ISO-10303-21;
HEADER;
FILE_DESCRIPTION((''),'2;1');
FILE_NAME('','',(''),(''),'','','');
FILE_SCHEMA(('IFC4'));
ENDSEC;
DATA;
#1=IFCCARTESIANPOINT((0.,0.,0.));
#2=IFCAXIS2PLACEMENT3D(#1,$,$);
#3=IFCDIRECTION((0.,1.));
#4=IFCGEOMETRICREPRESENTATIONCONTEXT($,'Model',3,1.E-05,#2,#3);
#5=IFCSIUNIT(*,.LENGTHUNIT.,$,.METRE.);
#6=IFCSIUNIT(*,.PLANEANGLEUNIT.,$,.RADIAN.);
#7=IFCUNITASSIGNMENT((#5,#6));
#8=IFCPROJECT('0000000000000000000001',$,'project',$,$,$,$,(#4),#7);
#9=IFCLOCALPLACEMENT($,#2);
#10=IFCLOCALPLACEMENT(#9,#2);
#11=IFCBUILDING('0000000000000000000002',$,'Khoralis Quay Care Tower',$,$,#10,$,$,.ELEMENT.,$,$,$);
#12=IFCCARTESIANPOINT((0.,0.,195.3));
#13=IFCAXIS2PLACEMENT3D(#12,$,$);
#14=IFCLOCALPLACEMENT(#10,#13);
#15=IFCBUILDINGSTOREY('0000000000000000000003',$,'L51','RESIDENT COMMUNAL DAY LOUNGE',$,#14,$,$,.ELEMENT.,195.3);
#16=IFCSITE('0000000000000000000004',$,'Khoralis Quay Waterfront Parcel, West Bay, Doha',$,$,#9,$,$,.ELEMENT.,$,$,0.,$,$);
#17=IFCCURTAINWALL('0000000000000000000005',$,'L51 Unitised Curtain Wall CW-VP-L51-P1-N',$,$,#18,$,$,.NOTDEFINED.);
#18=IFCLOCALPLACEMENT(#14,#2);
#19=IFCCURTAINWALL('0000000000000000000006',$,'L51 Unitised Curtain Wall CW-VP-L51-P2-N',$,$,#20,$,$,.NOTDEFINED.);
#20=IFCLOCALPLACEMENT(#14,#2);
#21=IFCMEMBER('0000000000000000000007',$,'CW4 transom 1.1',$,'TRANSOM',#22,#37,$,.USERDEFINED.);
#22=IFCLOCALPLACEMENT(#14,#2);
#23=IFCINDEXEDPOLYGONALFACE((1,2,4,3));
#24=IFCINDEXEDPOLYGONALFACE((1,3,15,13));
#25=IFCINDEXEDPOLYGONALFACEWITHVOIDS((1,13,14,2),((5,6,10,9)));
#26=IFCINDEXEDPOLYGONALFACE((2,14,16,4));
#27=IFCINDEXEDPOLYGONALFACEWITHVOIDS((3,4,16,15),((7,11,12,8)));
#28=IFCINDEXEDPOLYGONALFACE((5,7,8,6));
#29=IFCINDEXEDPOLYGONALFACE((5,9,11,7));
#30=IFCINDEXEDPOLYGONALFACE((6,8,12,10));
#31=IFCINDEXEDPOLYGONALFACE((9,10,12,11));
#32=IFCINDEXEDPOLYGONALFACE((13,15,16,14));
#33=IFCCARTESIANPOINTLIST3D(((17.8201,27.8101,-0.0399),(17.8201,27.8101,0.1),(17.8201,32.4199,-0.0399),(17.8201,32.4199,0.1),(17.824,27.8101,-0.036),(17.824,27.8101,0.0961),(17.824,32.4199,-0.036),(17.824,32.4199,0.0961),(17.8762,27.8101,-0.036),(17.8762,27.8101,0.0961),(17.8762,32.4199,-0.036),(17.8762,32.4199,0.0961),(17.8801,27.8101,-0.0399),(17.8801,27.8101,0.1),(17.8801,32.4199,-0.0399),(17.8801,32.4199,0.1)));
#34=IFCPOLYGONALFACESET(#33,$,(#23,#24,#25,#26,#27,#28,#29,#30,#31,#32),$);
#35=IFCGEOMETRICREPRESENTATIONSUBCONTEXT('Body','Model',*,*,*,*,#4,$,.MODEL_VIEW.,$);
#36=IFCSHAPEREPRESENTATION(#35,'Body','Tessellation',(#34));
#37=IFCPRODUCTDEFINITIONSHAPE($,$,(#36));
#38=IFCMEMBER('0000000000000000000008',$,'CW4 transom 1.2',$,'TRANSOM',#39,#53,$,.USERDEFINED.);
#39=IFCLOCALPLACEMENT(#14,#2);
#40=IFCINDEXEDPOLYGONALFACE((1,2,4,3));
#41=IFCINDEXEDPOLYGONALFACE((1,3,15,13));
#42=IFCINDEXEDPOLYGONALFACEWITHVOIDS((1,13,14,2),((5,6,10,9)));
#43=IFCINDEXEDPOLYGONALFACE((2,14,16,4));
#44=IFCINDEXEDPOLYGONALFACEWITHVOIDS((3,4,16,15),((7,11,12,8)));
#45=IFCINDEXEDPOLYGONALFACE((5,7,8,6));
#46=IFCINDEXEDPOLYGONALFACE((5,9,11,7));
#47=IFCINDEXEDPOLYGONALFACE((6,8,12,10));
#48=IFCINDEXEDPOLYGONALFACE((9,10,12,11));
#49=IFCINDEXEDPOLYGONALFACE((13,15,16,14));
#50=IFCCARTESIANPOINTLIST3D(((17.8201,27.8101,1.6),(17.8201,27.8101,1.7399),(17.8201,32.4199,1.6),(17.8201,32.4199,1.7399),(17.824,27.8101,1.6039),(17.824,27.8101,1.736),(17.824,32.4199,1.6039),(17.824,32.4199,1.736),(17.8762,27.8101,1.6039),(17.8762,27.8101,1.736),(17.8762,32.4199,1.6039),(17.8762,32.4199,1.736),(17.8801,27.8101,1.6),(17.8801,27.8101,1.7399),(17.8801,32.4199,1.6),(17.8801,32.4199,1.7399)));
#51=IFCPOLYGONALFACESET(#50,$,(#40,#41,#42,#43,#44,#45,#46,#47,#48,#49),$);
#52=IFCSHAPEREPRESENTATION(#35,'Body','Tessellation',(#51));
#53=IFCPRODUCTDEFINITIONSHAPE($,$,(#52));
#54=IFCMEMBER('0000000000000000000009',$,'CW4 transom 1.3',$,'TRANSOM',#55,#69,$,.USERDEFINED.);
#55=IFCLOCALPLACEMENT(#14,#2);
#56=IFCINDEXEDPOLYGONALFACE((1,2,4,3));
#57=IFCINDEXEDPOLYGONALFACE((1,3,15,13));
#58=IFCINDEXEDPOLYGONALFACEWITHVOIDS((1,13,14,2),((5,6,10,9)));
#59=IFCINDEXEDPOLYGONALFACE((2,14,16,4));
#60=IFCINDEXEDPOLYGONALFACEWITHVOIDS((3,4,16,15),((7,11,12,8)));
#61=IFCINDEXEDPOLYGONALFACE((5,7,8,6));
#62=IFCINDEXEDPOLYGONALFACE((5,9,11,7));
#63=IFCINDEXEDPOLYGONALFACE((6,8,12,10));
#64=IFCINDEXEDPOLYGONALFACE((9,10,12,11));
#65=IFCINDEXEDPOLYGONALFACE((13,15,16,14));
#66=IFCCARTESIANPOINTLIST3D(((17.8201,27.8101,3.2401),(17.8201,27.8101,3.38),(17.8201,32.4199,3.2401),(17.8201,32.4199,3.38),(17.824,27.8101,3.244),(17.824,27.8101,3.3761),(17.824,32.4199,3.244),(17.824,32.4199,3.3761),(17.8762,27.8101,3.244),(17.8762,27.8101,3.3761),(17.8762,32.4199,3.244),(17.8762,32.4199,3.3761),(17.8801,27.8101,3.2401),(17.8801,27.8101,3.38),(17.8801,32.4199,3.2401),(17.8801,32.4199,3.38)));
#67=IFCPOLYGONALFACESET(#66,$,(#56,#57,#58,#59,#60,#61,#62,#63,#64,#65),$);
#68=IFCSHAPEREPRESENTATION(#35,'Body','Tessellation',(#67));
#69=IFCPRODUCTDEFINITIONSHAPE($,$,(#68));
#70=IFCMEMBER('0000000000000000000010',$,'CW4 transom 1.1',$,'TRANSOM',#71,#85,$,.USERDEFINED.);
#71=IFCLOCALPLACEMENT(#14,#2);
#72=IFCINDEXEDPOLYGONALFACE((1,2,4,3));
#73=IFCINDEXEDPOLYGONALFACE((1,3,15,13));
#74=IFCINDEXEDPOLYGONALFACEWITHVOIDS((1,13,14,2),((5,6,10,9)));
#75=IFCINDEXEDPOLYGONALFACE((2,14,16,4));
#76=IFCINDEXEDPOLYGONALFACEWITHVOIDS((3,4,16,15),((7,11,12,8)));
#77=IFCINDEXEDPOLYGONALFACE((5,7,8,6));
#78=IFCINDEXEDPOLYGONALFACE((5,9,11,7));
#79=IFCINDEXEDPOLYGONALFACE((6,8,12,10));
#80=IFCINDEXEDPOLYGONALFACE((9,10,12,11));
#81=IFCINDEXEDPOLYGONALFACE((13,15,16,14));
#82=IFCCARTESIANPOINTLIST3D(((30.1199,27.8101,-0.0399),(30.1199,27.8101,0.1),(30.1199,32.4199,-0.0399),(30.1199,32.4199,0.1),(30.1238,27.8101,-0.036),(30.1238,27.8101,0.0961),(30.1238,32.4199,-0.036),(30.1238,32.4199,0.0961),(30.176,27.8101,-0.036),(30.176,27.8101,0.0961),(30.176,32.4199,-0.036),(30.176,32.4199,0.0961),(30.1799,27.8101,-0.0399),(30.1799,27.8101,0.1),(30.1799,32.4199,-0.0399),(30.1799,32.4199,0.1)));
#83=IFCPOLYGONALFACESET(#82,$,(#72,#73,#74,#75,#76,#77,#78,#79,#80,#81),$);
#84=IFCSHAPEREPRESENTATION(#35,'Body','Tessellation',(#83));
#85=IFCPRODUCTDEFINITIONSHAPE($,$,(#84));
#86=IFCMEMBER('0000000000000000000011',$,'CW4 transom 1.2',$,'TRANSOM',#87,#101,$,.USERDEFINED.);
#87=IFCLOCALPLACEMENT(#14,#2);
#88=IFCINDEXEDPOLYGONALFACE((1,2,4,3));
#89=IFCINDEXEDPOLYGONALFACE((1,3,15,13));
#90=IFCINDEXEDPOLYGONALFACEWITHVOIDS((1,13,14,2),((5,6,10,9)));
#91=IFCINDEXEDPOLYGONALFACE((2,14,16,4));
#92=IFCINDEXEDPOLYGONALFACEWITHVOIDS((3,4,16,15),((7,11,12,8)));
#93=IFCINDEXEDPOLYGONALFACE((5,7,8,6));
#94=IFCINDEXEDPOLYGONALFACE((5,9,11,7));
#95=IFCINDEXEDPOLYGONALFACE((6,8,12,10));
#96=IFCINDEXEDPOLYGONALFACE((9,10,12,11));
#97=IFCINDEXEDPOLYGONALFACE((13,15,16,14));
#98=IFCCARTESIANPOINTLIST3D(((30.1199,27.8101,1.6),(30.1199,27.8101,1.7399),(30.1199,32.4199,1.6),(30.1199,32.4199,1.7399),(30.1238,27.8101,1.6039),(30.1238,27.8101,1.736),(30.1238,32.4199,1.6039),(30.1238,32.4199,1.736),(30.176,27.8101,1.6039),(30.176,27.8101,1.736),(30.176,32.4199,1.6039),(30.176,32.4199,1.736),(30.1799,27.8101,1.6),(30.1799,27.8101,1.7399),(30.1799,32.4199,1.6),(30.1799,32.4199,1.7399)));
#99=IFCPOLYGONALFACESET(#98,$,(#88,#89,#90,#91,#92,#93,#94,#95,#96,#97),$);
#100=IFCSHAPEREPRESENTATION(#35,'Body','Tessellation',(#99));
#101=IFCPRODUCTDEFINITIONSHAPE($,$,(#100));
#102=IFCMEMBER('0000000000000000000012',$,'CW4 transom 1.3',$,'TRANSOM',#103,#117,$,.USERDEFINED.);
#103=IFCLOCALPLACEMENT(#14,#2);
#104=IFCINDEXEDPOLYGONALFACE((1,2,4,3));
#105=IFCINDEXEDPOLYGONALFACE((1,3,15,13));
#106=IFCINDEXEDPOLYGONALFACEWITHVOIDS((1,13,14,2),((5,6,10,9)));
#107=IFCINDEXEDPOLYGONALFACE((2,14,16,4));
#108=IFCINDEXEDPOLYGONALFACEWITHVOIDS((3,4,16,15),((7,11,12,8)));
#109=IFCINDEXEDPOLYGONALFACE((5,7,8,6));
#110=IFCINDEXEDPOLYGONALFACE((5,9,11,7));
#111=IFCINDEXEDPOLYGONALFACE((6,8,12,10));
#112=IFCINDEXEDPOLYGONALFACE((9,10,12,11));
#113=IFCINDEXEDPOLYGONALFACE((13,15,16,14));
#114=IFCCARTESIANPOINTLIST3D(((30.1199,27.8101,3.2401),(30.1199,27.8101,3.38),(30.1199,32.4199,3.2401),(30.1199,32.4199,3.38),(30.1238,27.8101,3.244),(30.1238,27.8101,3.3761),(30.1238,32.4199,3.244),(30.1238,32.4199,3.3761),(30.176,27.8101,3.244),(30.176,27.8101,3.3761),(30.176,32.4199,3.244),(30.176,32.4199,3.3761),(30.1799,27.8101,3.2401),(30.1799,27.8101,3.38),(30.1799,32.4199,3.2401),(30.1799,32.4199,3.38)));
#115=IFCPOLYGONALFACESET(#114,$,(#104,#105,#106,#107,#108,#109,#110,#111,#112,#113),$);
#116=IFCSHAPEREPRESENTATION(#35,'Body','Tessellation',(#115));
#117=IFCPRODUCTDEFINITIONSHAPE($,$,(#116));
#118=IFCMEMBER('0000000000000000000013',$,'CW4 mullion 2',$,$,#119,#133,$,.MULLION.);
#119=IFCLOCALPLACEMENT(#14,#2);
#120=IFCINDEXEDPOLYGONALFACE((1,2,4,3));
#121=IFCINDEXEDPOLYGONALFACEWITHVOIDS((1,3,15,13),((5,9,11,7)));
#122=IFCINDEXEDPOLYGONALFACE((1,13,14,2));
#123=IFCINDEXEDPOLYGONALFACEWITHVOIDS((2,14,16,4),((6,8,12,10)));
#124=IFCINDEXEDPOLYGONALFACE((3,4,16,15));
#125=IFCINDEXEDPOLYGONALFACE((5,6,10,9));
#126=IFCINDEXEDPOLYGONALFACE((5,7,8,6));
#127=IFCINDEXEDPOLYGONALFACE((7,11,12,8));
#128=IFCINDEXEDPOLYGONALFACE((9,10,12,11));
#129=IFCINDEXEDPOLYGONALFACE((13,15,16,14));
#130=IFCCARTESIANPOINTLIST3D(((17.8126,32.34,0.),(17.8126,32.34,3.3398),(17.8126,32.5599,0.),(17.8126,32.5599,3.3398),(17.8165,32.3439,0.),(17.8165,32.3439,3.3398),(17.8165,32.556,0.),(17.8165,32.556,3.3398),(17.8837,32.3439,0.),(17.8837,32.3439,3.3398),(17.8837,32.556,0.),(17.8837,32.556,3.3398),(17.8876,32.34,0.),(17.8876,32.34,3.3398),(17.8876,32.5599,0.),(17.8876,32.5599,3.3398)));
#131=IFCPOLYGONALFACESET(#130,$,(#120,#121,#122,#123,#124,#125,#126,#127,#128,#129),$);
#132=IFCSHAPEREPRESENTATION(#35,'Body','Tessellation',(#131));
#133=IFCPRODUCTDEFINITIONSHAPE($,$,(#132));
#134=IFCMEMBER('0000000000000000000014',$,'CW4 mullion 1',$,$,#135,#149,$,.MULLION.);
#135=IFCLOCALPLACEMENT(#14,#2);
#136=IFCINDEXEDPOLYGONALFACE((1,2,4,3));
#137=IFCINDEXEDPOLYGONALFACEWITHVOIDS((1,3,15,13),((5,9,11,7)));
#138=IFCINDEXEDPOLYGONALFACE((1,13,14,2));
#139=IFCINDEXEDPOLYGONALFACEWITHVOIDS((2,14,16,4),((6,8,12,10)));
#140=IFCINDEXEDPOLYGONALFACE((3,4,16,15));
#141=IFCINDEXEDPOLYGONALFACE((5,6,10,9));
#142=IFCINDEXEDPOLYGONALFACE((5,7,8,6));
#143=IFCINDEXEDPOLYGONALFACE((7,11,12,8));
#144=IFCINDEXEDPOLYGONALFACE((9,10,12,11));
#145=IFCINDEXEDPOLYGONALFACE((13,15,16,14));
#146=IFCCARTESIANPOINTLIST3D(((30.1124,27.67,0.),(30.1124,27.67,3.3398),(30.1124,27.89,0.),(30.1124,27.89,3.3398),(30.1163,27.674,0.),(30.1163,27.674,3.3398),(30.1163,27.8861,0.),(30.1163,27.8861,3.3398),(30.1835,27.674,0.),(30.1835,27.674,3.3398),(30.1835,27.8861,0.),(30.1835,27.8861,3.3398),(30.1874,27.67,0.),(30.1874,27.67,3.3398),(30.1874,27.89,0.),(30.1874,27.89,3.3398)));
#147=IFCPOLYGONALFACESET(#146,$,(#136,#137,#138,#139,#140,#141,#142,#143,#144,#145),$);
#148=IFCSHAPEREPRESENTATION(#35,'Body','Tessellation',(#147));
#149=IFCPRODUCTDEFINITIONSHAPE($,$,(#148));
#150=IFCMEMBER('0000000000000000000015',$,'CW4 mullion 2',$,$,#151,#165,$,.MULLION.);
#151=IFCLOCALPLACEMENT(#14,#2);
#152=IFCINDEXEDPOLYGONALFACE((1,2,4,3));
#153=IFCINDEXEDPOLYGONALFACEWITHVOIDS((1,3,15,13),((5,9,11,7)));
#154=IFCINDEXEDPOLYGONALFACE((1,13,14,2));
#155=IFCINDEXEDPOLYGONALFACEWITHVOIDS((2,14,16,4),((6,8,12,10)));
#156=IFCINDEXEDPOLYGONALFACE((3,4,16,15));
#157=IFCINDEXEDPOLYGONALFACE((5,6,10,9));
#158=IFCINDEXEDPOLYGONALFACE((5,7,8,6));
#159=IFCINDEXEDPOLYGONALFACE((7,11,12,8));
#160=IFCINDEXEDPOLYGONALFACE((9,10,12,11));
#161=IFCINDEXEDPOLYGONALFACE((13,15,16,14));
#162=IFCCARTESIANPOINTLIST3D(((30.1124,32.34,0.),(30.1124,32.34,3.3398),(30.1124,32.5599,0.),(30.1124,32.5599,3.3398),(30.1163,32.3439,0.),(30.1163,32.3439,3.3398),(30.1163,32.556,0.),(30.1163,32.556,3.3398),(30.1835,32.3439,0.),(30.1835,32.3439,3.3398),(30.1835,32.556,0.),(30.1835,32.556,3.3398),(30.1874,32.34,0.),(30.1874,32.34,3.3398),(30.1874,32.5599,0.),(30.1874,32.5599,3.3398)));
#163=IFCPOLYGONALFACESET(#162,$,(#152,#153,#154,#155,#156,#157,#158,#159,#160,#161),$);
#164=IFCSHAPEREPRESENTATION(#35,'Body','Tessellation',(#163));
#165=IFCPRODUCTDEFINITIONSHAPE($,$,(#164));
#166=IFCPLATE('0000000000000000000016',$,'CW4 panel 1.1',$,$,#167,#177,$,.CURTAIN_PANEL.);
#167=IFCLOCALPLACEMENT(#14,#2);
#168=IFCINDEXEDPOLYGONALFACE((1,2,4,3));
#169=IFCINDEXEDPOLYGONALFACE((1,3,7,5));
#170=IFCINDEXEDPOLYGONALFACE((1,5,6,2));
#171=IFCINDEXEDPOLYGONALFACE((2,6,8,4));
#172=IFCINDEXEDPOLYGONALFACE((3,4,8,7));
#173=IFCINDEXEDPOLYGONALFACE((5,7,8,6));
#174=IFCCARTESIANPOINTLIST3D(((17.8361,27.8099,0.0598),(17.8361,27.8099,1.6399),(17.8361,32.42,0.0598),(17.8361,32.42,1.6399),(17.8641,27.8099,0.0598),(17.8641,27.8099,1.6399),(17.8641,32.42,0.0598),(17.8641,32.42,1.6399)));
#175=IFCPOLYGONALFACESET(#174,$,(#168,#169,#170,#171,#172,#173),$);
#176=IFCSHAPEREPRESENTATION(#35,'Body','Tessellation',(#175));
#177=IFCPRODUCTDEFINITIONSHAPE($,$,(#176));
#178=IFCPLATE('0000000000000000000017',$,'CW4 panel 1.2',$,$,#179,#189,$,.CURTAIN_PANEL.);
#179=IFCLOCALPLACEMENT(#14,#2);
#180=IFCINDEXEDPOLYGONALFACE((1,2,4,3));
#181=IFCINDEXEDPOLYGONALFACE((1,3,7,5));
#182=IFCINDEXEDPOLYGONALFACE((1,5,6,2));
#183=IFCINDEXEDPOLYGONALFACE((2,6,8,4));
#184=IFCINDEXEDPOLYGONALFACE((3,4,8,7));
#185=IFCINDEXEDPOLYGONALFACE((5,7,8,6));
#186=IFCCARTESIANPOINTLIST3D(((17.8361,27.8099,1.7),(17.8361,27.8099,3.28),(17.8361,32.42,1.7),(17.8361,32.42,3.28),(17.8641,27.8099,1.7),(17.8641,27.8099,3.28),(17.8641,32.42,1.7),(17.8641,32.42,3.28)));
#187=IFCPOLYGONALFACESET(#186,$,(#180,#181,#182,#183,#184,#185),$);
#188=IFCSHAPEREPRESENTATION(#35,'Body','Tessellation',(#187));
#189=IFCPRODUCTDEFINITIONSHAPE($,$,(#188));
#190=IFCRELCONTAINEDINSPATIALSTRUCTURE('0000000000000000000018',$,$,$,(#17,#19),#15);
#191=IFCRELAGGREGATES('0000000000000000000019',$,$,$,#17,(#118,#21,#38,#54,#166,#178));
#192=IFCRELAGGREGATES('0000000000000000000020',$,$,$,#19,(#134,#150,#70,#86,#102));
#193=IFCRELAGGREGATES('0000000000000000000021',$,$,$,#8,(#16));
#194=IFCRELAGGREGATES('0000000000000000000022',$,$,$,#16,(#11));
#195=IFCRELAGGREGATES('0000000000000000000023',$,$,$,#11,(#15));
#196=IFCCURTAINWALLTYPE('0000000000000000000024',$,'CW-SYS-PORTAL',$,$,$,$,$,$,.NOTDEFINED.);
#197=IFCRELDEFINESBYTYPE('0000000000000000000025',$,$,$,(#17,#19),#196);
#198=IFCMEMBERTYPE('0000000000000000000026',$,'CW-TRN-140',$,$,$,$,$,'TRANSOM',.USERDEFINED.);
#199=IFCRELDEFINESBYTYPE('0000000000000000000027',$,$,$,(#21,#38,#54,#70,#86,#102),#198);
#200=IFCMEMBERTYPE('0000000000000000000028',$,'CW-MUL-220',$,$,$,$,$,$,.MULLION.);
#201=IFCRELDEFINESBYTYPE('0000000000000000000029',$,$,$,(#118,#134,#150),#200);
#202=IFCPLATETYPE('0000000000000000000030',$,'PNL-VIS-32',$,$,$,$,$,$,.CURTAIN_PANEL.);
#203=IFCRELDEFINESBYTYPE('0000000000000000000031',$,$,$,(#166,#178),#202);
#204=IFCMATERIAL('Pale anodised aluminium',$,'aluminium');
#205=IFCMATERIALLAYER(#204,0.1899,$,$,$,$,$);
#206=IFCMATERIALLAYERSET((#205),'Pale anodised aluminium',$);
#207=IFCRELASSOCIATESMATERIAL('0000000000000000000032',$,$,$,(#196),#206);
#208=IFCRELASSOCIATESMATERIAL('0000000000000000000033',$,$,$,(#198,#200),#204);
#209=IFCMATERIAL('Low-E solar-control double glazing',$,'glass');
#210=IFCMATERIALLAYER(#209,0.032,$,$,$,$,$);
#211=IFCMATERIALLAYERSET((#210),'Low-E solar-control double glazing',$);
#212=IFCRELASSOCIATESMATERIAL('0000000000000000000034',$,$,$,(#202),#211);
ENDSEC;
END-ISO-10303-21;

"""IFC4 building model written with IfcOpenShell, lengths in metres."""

from ifc_helpers import new_model, si_unit, direction, frame, origin, origin_2d, place, context, subcontext, project, spatial, rectangle, hollow_rectangle, extrude, source, transform, mapped, material, layer, layer_set, material_profile, profile_set, type_object, element, aggregate, save


model = new_model("IFC4")

# Units and contexts
model_context = context("Model", 3, precision=1e-05, world=origin(), true_north=direction((0.0, 1.0)))
body_context = subcontext(model_context, "Body", "Model", "MODEL_VIEW")
ifc_project = project(units=[si_unit("LENGTHUNIT", "METRE"), si_unit("PLANEANGLEUNIT", "RADIAN")], contexts=[model_context])

# Site, building, storey
site_placement = place(None, origin())
site = spatial("IfcSite", under=ifc_project, at=site_placement, Name="Khoralis Quay Waterfront Parcel, West Bay, Doha", CompositionType="ELEMENT", RefElevation=0.0)
building_placement = place(site_placement, origin())
building = spatial("IfcBuilding", under=site, at=building_placement, Name="Khoralis Quay Care Tower", CompositionType="ELEMENT")
storey_placement = place(building_placement, frame((0.0, 0.0, 195.3)))
storey = spatial("IfcBuildingStorey", under=building, at=storey_placement, Name="L51", Description="RESIDENT COMMUNAL DAY LOUNGE", CompositionType="ELEMENT", Elevation=195.3)

# Curtain wall
ifc_material_1 = material(Name="Pale anodised aluminium", Category="aluminium")
ifc_layer_1 = layer(ifc_material_1, 0.1899)
ifc_layer_set_1 = layer_set([ifc_layer_1], Name="Pale anodised aluminium")
curtain_wall_type = type_object("IfcCurtainWallType", Name="CW-SYS-PORTAL", PredefinedType="NOTDEFINED", material=ifc_layer_set_1)
curtain_wall_1_placement = place(storey_placement, origin())
curtain_wall_1 = element("IfcCurtainWall", 1, at=curtain_wall_1_placement, inside=storey, type_object=curtain_wall_type, Name="L51 Unitised Curtain Wall CW-VP-L51-P1-N", PredefinedType="NOTDEFINED")
ifc_material_profile_1 = material_profile(ifc_material_1, hollow_rectangle(XDim=0.0601, YDim=0.1399, WallThickness=0.0039, at=origin_2d()), Name="Pale anodised aluminium")
ifc_profile_set_1 = profile_set([ifc_material_profile_1], Name="Pale anodised aluminium")
member_type_1 = type_object("IfcMemberType", Name="CW-TRN-140", ElementType="TRANSOM", PredefinedType="USERDEFINED", material=ifc_profile_set_1)

# Curtain wall
curtain_wall_2_placement = place(storey_placement, origin())
curtain_wall_2 = element("IfcCurtainWall", 2, at=curtain_wall_2_placement, inside=storey, type_object=curtain_wall_type, Name="L51 Unitised Curtain Wall CW-VP-L51-P2-N", PredefinedType="NOTDEFINED")

# Members
shared_shape_1 = source(origin(), body_context, "Body", "SweptSolid", [
    extrude(hollow_rectangle(XDim=0.0601, YDim=0.1399, WallThickness=0.0039, at=origin_2d()), origin(), (0.0, 0.0, 1.0), 4.6099),
])
member_1_placement = place(storey_placement, frame((17.8501, 27.8101, 0.03), z_axis=(0.0, 1.0, 0.0), x_axis=(-1.0, 0.0, 0.0)))
member_1 = element("IfcMember", 3, at=member_1_placement, type_object=member_type_1, Name="CW4 transom 1.1", ObjectType="TRANSOM", PredefinedType="USERDEFINED", context=body_context, shape_type="MappedRepresentation", body=[
    mapped(shared_shape_1, transform((0.0, 0.0, 0.0), scale=1.0)),
])
member_2_placement = place(storey_placement, frame((17.8501, 27.8101, 1.6699), z_axis=(0.0, 1.0, 0.0), x_axis=(-1.0, 0.0, 0.0)))
member_2 = element("IfcMember", 4, at=member_2_placement, type_object=member_type_1, Name="CW4 transom 1.2", ObjectType="TRANSOM", PredefinedType="USERDEFINED", context=body_context, shape_type="MappedRepresentation", body=[
    mapped(shared_shape_1, transform((0.0, 0.0, 0.0), scale=1.0)),
])
member_3_placement = place(storey_placement, frame((17.8501, 27.8101, 3.3101), z_axis=(0.0, 1.0, 0.0), x_axis=(-1.0, 0.0, 0.0)))
member_3 = element("IfcMember", 5, at=member_3_placement, type_object=member_type_1, Name="CW4 transom 1.3", ObjectType="TRANSOM", PredefinedType="USERDEFINED", context=body_context, shape_type="MappedRepresentation", body=[
    mapped(shared_shape_1, transform((0.0, 0.0, 0.0), scale=1.0)),
])
member_4_placement = place(storey_placement, frame((30.1499, 27.8101, 0.03), z_axis=(0.0, 1.0, 0.0), x_axis=(-1.0, 0.0, 0.0)))
member_4 = element("IfcMember", 6, at=member_4_placement, type_object=member_type_1, Name="CW4 transom 1.1", ObjectType="TRANSOM", PredefinedType="USERDEFINED", context=body_context, shape_type="MappedRepresentation", body=[
    mapped(shared_shape_1, transform((0.0, 0.0, 0.0), scale=1.0)),
])
member_5_placement = place(storey_placement, frame((30.1499, 27.8101, 1.6699), z_axis=(0.0, 1.0, 0.0), x_axis=(-1.0, 0.0, 0.0)))
member_5 = element("IfcMember", 7, at=member_5_placement, type_object=member_type_1, Name="CW4 transom 1.2", ObjectType="TRANSOM", PredefinedType="USERDEFINED", context=body_context, shape_type="MappedRepresentation", body=[
    mapped(shared_shape_1, transform((0.0, 0.0, 0.0), scale=1.0)),
])
member_6_placement = place(storey_placement, frame((30.1499, 27.8101, 3.3101), z_axis=(0.0, 1.0, 0.0), x_axis=(-1.0, 0.0, 0.0)))
member_6 = element("IfcMember", 8, at=member_6_placement, type_object=member_type_1, Name="CW4 transom 1.3", ObjectType="TRANSOM", PredefinedType="USERDEFINED", context=body_context, shape_type="MappedRepresentation", body=[
    mapped(shared_shape_1, transform((0.0, 0.0, 0.0), scale=1.0)),
])
ifc_material_profile_2 = material_profile(ifc_material_1, hollow_rectangle(XDim=0.075, YDim=0.22, WallThickness=0.0039, at=origin_2d()), Name="Pale anodised aluminium")
ifc_profile_set_2 = profile_set([ifc_material_profile_2], Name="Pale anodised aluminium")
member_type_2 = type_object("IfcMemberType", Name="CW-MUL-220", PredefinedType="MULLION", material=ifc_profile_set_2)
shared_shape_2 = source(origin(), body_context, "Body", "SweptSolid", [
    extrude(hollow_rectangle(XDim=0.075, YDim=0.22, WallThickness=0.0039, at=origin_2d()), origin(), (0.0, 0.0, 1.0), 3.3398),
])
member_7_placement = place(storey_placement, frame((17.8501, 32.45, 0.0), z_axis=(0.0, 0.0, 1.0), x_axis=(-1.0, 0.0, 0.0)))
member_7 = element("IfcMember", 9, at=member_7_placement, type_object=member_type_2, Name="CW4 mullion 2", PredefinedType="MULLION", context=body_context, shape_type="MappedRepresentation", body=[
    mapped(shared_shape_2, transform((0.0, 0.0, 0.0), scale=1.0)),
])
member_8_placement = place(storey_placement, frame((30.1499, 27.78, 0.0), z_axis=(0.0, 0.0, 1.0), x_axis=(-1.0, 0.0, 0.0)))
member_8 = element("IfcMember", 10, at=member_8_placement, type_object=member_type_2, Name="CW4 mullion 1", PredefinedType="MULLION", context=body_context, shape_type="MappedRepresentation", body=[
    mapped(shared_shape_2, transform((0.0, 0.0, 0.0), scale=1.0)),
])
member_9_placement = place(storey_placement, frame((30.1499, 32.45, 0.0), z_axis=(0.0, 0.0, 1.0), x_axis=(-1.0, 0.0, 0.0)))
member_9 = element("IfcMember", 11, at=member_9_placement, type_object=member_type_2, Name="CW4 mullion 2", PredefinedType="MULLION", context=body_context, shape_type="MappedRepresentation", body=[
    mapped(shared_shape_2, transform((0.0, 0.0, 0.0), scale=1.0)),
])

# Plates
ifc_material_2 = material(Name="Low-E solar-control double glazing", Category="glass")
ifc_layer_2 = layer(ifc_material_2, 0.032)
ifc_layer_set_2 = layer_set([ifc_layer_2], Name="Low-E solar-control double glazing")
plate_type = type_object("IfcPlateType", Name="PNL-VIS-32", PredefinedType="CURTAIN_PANEL", material=ifc_layer_set_2)
shared_shape_3 = source(origin(), body_context, "Body", "SweptSolid", [
    extrude(rectangle(XDim=4.6101, YDim=0.0281, at=origin_2d()), origin(), (0.0, 0.0, 1.0), 1.5801),
])
plate_1_placement = place(storey_placement, frame((17.8501, 30.115, 0.0598), z_axis=(0.0, 0.0, 1.0), x_axis=(0.0, 1.0, 0.0)))
plate_1 = element("IfcPlate", 12, at=plate_1_placement, type_object=plate_type, Name="CW4 panel 1.1", PredefinedType="CURTAIN_PANEL", context=body_context, shape_type="MappedRepresentation", body=[
    mapped(shared_shape_3, transform((0.0, 0.0, 0.0), scale=1.0)),
])
plate_2_placement = place(storey_placement, frame((17.8501, 30.115, 1.7), z_axis=(0.0, 0.0, 1.0), x_axis=(0.0, 1.0, 0.0)))
plate_2 = element("IfcPlate", 13, at=plate_2_placement, type_object=plate_type, Name="CW4 panel 1.2", PredefinedType="CURTAIN_PANEL", context=body_context, shape_type="MappedRepresentation", body=[
    mapped(shared_shape_3, transform((0.0, 0.0, 0.0), scale=1.0)),
])
aggregate(curtain_wall_1, [member_7, member_1, member_2, member_3, plate_1, plate_2])
aggregate(curtain_wall_2, [member_8, member_9, member_4, member_5, member_6])

save(model, "model.ifc")
